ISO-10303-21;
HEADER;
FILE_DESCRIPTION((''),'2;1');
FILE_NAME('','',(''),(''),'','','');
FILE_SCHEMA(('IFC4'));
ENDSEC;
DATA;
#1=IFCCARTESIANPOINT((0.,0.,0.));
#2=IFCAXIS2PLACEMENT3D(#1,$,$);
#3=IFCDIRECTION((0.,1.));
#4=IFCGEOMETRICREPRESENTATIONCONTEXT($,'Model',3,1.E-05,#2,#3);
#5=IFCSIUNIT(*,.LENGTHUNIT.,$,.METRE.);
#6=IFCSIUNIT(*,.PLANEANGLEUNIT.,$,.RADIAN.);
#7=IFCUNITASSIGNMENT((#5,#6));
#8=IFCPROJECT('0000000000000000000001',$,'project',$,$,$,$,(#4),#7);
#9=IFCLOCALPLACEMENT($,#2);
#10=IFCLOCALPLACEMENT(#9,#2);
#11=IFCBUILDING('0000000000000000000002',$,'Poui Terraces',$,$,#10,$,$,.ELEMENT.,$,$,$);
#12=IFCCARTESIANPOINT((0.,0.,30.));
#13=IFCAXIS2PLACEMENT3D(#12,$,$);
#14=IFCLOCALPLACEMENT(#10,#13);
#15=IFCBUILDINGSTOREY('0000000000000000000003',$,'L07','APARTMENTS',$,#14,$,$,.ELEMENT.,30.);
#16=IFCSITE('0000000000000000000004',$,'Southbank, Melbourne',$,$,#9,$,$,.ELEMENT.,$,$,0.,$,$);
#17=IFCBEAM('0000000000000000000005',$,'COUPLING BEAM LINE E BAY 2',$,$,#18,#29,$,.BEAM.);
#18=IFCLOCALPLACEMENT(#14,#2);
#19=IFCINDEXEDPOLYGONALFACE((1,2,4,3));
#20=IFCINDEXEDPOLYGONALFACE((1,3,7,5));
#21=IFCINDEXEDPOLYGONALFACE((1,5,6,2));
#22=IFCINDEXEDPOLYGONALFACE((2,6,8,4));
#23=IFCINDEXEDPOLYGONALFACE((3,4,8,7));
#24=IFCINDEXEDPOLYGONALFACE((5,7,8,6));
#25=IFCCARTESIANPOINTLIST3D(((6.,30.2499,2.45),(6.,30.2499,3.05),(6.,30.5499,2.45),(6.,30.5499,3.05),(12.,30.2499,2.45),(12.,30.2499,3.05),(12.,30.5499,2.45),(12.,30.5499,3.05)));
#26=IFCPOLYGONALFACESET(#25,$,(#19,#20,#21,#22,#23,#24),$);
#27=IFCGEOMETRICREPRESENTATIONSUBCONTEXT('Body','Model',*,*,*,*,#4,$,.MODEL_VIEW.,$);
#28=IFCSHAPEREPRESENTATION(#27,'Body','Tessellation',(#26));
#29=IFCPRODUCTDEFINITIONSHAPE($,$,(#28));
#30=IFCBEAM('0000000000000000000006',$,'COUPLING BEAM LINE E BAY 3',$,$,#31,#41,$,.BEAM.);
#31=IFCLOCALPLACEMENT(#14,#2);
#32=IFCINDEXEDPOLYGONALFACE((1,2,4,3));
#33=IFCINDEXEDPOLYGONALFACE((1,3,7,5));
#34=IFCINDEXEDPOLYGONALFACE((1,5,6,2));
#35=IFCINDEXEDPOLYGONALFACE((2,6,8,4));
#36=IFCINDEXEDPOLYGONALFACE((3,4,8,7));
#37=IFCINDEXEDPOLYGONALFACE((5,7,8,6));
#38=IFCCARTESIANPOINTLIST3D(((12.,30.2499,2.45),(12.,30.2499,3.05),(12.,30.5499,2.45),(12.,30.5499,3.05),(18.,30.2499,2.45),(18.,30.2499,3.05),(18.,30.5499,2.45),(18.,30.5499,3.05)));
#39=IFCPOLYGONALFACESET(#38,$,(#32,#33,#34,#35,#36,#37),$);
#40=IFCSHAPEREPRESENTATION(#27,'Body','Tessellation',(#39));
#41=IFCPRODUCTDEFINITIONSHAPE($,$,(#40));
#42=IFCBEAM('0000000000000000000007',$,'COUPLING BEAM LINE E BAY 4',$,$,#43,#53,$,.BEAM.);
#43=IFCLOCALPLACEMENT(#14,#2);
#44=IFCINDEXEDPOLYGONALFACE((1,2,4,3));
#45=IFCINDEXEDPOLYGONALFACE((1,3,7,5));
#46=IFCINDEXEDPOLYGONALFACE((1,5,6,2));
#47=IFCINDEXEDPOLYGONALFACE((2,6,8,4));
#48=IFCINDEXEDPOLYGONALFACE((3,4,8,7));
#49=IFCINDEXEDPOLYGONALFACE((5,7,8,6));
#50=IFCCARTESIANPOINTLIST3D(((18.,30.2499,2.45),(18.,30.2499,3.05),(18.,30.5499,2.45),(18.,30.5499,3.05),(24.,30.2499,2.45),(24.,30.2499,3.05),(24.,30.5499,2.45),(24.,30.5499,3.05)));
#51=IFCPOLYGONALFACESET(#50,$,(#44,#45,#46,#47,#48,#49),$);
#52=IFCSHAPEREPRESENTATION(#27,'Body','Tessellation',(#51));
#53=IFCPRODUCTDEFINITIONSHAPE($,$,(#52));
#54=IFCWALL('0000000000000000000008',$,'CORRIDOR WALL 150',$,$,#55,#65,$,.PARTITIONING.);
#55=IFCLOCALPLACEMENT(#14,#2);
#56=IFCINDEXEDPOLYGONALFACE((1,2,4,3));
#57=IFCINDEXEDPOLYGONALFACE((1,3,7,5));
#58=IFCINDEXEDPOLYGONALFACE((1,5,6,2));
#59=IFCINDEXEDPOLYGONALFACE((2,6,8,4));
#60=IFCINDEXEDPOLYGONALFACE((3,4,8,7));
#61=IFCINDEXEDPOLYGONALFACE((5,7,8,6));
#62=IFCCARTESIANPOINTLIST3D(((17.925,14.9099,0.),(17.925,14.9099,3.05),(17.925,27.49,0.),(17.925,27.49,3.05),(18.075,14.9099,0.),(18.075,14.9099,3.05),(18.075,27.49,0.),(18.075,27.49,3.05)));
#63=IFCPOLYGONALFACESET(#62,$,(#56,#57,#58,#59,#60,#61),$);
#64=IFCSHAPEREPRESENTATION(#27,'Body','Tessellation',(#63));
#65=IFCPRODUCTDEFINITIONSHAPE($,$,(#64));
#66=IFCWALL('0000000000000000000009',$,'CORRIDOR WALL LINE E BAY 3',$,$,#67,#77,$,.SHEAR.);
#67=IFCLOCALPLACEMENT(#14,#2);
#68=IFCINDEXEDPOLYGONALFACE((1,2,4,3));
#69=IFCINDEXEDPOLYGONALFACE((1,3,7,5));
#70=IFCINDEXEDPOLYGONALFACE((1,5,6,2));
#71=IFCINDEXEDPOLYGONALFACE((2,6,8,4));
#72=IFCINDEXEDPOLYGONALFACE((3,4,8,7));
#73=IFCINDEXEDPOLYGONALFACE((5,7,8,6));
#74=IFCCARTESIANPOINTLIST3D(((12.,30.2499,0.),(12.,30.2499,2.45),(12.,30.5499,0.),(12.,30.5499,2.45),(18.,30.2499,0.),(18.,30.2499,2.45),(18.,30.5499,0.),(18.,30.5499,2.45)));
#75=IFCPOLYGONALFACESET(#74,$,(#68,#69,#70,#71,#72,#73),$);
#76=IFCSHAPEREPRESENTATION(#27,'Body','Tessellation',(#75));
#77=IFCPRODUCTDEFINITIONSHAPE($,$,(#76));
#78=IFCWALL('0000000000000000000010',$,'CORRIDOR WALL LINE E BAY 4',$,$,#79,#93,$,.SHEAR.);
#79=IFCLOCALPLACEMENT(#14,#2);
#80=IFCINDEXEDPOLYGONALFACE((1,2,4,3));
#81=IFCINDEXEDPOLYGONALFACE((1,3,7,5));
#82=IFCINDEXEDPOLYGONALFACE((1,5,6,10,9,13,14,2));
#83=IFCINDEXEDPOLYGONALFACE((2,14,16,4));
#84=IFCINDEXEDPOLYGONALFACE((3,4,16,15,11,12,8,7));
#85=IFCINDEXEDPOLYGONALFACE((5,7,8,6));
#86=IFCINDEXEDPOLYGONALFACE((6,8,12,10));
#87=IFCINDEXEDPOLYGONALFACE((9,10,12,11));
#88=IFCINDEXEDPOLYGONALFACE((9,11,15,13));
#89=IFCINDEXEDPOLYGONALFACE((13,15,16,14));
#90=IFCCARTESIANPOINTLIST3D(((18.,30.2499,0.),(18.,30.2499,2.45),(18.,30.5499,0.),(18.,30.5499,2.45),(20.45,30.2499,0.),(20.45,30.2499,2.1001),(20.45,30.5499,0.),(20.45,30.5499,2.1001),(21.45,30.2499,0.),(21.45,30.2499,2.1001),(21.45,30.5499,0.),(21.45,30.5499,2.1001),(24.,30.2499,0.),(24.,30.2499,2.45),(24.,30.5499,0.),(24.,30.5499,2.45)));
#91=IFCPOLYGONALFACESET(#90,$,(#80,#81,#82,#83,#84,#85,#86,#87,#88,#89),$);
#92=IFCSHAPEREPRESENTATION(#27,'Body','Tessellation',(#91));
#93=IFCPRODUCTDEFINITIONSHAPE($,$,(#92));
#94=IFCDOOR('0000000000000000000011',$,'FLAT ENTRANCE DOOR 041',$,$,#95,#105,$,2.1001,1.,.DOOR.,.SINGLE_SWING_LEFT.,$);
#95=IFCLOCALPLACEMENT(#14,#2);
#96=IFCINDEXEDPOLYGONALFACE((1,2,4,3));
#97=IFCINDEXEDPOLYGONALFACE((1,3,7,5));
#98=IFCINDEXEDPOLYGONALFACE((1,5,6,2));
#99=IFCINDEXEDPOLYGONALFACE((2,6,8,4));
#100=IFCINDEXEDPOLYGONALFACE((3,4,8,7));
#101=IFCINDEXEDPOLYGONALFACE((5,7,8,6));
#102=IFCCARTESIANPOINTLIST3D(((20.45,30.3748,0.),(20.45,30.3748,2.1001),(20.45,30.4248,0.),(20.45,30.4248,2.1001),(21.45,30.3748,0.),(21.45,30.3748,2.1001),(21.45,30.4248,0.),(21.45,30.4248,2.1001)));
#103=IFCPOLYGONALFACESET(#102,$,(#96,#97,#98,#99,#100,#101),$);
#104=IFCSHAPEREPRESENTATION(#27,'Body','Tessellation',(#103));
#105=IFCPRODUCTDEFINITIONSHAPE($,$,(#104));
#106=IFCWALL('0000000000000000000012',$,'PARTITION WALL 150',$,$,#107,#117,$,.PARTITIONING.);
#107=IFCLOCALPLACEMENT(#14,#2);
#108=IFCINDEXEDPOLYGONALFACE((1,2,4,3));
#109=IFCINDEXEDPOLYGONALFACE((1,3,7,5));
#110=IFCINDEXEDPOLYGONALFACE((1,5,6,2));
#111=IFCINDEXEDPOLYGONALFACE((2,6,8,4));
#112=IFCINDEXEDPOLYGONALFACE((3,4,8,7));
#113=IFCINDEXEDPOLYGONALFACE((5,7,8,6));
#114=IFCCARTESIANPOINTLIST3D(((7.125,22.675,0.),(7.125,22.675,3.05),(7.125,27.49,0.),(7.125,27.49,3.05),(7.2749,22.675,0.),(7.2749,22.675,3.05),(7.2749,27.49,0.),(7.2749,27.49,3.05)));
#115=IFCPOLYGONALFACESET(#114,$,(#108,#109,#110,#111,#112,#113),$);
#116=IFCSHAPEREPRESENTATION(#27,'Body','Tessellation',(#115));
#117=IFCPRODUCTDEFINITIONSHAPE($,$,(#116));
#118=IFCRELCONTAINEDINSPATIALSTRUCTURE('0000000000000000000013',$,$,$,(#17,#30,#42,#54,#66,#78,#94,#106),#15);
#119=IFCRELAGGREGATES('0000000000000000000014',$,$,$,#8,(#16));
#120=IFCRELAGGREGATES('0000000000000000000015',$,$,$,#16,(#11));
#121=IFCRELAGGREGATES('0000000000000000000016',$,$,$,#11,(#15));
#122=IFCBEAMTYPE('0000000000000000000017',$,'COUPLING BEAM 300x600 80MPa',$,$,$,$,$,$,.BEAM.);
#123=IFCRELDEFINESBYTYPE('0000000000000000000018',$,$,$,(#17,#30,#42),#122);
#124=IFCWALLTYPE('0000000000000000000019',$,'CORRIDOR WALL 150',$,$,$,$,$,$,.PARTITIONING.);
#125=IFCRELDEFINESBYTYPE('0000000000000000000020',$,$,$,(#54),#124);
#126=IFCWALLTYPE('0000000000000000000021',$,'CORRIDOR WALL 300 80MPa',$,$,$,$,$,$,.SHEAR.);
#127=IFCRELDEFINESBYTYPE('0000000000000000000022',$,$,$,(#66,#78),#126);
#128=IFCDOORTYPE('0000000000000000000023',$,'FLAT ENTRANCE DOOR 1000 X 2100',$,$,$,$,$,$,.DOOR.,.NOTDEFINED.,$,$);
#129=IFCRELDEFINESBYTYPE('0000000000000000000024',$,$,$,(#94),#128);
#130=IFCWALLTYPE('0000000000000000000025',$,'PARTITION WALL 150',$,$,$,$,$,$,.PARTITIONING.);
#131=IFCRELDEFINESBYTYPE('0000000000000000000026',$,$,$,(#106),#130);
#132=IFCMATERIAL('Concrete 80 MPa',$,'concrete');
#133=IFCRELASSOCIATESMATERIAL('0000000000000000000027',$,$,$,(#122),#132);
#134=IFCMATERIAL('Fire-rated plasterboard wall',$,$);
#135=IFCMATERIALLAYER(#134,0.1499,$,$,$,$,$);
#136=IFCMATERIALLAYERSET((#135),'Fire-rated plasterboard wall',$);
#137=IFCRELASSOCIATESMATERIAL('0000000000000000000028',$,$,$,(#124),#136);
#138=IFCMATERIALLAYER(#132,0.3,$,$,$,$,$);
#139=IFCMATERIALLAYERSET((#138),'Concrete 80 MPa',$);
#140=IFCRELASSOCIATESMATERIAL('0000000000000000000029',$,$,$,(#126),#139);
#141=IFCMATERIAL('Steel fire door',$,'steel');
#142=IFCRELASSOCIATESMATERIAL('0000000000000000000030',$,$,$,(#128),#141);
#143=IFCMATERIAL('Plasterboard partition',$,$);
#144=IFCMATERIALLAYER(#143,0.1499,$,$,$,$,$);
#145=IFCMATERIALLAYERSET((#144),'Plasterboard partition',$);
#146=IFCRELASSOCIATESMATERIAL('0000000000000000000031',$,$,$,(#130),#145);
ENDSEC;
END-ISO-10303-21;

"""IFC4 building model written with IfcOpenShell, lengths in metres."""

from ifc_helpers import new_model, si_unit, direction, frame, frame_2d, origin, origin_2d, place, context, subcontext, project, spatial, rectangle, extrude, source, transform, mapped, material, layer, layer_set, material_profile, profile_set, type_object, element, fill, save


model = new_model("IFC4")

# Units and contexts
model_context = context("Model", 3, precision=1e-05, world=origin(), true_north=direction((0.0, 1.0)))
body_context = subcontext(model_context, "Body", "Model", "MODEL_VIEW")
ifc_project = project(units=[si_unit("LENGTHUNIT", "METRE"), si_unit("PLANEANGLEUNIT", "RADIAN")], contexts=[model_context])

# Site, building, storey
site_placement = place(None, origin())
site = spatial("IfcSite", under=ifc_project, at=site_placement, Name="Southbank, Melbourne", CompositionType="ELEMENT", RefElevation=0.0)
building_placement = place(site_placement, origin())
building = spatial("IfcBuilding", under=site, at=building_placement, Name="Poui Terraces", CompositionType="ELEMENT")
storey_placement = place(building_placement, frame((0.0, 0.0, 30.0)))
storey = spatial("IfcBuildingStorey", under=building, at=storey_placement, Name="L07", Description="APARTMENTS", CompositionType="ELEMENT", Elevation=30.0)

# Beams
ifc_material_1 = material(Name="Concrete 80 MPa", Category="concrete")
ifc_material_profile = material_profile(ifc_material_1, rectangle(XDim=0.3, YDim=0.6001, at=origin_2d()), Name="RC 300x600")
ifc_profile_set = profile_set([ifc_material_profile], Name="Concrete 80 MPa")
beam_type = type_object("IfcBeamType", Name="COUPLING BEAM 300x600 80MPa", PredefinedType="BEAM", material=ifc_profile_set)
shared_shape = source(origin(), body_context, "Body", "SweptSolid", [
    extrude(rectangle(XDim=0.3, YDim=0.6001, at=origin_2d()), origin(), (0.0, 0.0, 1.0), 6.0),
])
for number, where, z_axis, x_axis, name in (
    (1, (6.0, 30.3999, 2.75), (1.0, 0.0, 0.0), (0.0, 1.0, 0.0), "COUPLING BEAM LINE E BAY 2"),
    (2, (12.0, 30.3999, 2.75), (1.0, 0.0, 0.0), (0.0, 1.0, 0.0), "COUPLING BEAM LINE E BAY 3"),
    (3, (18.0, 30.3999, 2.75), (1.0, 0.0, 0.0), (0.0, 1.0, 0.0), "COUPLING BEAM LINE E BAY 4"),
):
    element("IfcBeam", number, at=place(storey_placement, frame(where, z_axis=z_axis, x_axis=x_axis)), inside=storey, type_object=beam_type, Name=name, PredefinedType="BEAM", context=body_context, shape_type="MappedRepresentation", body=[
        mapped(shared_shape, transform((0.0, 0.0, 0.0))),
    ])

# Walls
ifc_material_2 = material(Name="Fire-rated plasterboard wall")
ifc_layer_1 = layer(ifc_material_2, 0.1499)
ifc_layer_set_1 = layer_set([ifc_layer_1], Name="Fire-rated plasterboard wall")
wall_type_1 = type_object("IfcWallType", Name="CORRIDOR WALL 150", PredefinedType="PARTITIONING", material=ifc_layer_set_1)
wall_1_placement = place(storey_placement, frame((18.0, 14.9099, 0.0), z_axis=(0.0, 0.0, 1.0), x_axis=(0.0, 1.0, 0.0)))
element("IfcWall", 4, at=wall_1_placement, inside=storey, type_object=wall_type_1, Name="CORRIDOR WALL 150", PredefinedType="PARTITIONING", context=body_context, shape_type="SweptSolid", body=[
    extrude(rectangle(XDim=12.5801, YDim=0.1499, at=frame_2d((6.29, 0.0))), origin(), (0.0, 0.0, 1.0), 3.05),
])
ifc_layer_2 = layer(ifc_material_1, 0.3)
ifc_layer_set_2 = layer_set([ifc_layer_2], Name="Concrete 80 MPa")
wall_type_2 = type_object("IfcWallType", Name="CORRIDOR WALL 300 80MPa", PredefinedType="SHEAR", material=ifc_layer_set_2)
wall_2_placement = place(storey_placement, frame((12.0, 30.3999, 0.0), z_axis=(0.0, 0.0, 1.0), x_axis=(1.0, 0.0, 0.0)))
element("IfcWall", 5, at=wall_2_placement, inside=storey, type_object=wall_type_2, Name="CORRIDOR WALL LINE E BAY 3", PredefinedType="SHEAR", context=body_context, shape_type="SweptSolid", body=[
    extrude(rectangle(XDim=6.0, YDim=0.3, at=frame_2d((3.0, 0.0))), origin(), (0.0, 0.0, 1.0), 2.45),
])

# Wall, opening, door
wall_3_placement = place(storey_placement, frame((18.0, 30.3999, 0.0), z_axis=(0.0, 0.0, 1.0), x_axis=(1.0, 0.0, 0.0)))
wall_3 = element("IfcWall", 6, at=wall_3_placement, inside=storey, type_object=wall_type_2, Name="CORRIDOR WALL LINE E BAY 4", PredefinedType="SHEAR", context=body_context, shape_type="SweptSolid", body=[
    extrude(rectangle(XDim=6.0, YDim=0.3, at=frame_2d((3.0, 0.0))), origin(), (0.0, 0.0, 1.0), 2.45),
])
opening_placement = place(wall_3_placement, frame((2.45, 0.0, 0.0)))
opening = element("IfcOpeningElement", 7, at=opening_placement, cuts=wall_3, PredefinedType="OPENING", context=body_context, shape_type="SweptSolid", body=[
    extrude(rectangle(XDim=1.0, YDim=2.1001, at=frame_2d((0.5, 1.05))), frame((0.0, 0.1602, 0.0), z_axis=(0.0, -1.0, 0.0), x_axis=(1.0, 0.0, 0.0)), (0.0, 0.0, 1.0), 0.3201),
])
ifc_material_3 = material(Name="Steel fire door", Category="steel")
door_type = type_object("IfcDoorType", Name="FLAT ENTRANCE DOOR 1000 X 2100", OperationType="NOTDEFINED", PredefinedType="DOOR", material=ifc_material_3)
door_placement = place(opening_placement, origin())
door = element("IfcDoor", 8, at=door_placement, inside=storey, type_object=door_type, Name="FLAT ENTRANCE DOOR 041", OperationType="SINGLE_SWING_LEFT", OverallHeight=2.1001, OverallWidth=1.0, PredefinedType="DOOR", context=body_context, shape_type="SweptSolid", body=[
    extrude(rectangle(XDim=1.0, YDim=2.1001, at=frame_2d((0.5, 1.05))), frame((0.0, 0.0249, 0.0), z_axis=(0.0, -1.0, 0.0), x_axis=(1.0, 0.0, 0.0)), (0.0, 0.0, 1.0), 0.05),
])
fill(opening, door)

# Wall
ifc_material_4 = material(Name="Plasterboard partition")
ifc_layer_3 = layer(ifc_material_4, 0.1499)
ifc_layer_set_3 = layer_set([ifc_layer_3], Name="Plasterboard partition")
wall_type_3 = type_object("IfcWallType", Name="PARTITION WALL 150", PredefinedType="PARTITIONING", material=ifc_layer_set_3)
wall_4_placement = place(storey_placement, frame((7.2, 22.675, 0.0), z_axis=(0.0, 0.0, 1.0), x_axis=(0.0, 1.0, 0.0)))
element("IfcWall", 9, at=wall_4_placement, inside=storey, type_object=wall_type_3, Name="PARTITION WALL 150", PredefinedType="PARTITIONING", context=body_context, shape_type="SweptSolid", body=[
    extrude(rectangle(XDim=4.8149, YDim=0.1499, at=frame_2d((2.4075, 0.0))), origin(), (0.0, 0.0, 1.0), 3.05),
])

save(model, "model.ifc")
